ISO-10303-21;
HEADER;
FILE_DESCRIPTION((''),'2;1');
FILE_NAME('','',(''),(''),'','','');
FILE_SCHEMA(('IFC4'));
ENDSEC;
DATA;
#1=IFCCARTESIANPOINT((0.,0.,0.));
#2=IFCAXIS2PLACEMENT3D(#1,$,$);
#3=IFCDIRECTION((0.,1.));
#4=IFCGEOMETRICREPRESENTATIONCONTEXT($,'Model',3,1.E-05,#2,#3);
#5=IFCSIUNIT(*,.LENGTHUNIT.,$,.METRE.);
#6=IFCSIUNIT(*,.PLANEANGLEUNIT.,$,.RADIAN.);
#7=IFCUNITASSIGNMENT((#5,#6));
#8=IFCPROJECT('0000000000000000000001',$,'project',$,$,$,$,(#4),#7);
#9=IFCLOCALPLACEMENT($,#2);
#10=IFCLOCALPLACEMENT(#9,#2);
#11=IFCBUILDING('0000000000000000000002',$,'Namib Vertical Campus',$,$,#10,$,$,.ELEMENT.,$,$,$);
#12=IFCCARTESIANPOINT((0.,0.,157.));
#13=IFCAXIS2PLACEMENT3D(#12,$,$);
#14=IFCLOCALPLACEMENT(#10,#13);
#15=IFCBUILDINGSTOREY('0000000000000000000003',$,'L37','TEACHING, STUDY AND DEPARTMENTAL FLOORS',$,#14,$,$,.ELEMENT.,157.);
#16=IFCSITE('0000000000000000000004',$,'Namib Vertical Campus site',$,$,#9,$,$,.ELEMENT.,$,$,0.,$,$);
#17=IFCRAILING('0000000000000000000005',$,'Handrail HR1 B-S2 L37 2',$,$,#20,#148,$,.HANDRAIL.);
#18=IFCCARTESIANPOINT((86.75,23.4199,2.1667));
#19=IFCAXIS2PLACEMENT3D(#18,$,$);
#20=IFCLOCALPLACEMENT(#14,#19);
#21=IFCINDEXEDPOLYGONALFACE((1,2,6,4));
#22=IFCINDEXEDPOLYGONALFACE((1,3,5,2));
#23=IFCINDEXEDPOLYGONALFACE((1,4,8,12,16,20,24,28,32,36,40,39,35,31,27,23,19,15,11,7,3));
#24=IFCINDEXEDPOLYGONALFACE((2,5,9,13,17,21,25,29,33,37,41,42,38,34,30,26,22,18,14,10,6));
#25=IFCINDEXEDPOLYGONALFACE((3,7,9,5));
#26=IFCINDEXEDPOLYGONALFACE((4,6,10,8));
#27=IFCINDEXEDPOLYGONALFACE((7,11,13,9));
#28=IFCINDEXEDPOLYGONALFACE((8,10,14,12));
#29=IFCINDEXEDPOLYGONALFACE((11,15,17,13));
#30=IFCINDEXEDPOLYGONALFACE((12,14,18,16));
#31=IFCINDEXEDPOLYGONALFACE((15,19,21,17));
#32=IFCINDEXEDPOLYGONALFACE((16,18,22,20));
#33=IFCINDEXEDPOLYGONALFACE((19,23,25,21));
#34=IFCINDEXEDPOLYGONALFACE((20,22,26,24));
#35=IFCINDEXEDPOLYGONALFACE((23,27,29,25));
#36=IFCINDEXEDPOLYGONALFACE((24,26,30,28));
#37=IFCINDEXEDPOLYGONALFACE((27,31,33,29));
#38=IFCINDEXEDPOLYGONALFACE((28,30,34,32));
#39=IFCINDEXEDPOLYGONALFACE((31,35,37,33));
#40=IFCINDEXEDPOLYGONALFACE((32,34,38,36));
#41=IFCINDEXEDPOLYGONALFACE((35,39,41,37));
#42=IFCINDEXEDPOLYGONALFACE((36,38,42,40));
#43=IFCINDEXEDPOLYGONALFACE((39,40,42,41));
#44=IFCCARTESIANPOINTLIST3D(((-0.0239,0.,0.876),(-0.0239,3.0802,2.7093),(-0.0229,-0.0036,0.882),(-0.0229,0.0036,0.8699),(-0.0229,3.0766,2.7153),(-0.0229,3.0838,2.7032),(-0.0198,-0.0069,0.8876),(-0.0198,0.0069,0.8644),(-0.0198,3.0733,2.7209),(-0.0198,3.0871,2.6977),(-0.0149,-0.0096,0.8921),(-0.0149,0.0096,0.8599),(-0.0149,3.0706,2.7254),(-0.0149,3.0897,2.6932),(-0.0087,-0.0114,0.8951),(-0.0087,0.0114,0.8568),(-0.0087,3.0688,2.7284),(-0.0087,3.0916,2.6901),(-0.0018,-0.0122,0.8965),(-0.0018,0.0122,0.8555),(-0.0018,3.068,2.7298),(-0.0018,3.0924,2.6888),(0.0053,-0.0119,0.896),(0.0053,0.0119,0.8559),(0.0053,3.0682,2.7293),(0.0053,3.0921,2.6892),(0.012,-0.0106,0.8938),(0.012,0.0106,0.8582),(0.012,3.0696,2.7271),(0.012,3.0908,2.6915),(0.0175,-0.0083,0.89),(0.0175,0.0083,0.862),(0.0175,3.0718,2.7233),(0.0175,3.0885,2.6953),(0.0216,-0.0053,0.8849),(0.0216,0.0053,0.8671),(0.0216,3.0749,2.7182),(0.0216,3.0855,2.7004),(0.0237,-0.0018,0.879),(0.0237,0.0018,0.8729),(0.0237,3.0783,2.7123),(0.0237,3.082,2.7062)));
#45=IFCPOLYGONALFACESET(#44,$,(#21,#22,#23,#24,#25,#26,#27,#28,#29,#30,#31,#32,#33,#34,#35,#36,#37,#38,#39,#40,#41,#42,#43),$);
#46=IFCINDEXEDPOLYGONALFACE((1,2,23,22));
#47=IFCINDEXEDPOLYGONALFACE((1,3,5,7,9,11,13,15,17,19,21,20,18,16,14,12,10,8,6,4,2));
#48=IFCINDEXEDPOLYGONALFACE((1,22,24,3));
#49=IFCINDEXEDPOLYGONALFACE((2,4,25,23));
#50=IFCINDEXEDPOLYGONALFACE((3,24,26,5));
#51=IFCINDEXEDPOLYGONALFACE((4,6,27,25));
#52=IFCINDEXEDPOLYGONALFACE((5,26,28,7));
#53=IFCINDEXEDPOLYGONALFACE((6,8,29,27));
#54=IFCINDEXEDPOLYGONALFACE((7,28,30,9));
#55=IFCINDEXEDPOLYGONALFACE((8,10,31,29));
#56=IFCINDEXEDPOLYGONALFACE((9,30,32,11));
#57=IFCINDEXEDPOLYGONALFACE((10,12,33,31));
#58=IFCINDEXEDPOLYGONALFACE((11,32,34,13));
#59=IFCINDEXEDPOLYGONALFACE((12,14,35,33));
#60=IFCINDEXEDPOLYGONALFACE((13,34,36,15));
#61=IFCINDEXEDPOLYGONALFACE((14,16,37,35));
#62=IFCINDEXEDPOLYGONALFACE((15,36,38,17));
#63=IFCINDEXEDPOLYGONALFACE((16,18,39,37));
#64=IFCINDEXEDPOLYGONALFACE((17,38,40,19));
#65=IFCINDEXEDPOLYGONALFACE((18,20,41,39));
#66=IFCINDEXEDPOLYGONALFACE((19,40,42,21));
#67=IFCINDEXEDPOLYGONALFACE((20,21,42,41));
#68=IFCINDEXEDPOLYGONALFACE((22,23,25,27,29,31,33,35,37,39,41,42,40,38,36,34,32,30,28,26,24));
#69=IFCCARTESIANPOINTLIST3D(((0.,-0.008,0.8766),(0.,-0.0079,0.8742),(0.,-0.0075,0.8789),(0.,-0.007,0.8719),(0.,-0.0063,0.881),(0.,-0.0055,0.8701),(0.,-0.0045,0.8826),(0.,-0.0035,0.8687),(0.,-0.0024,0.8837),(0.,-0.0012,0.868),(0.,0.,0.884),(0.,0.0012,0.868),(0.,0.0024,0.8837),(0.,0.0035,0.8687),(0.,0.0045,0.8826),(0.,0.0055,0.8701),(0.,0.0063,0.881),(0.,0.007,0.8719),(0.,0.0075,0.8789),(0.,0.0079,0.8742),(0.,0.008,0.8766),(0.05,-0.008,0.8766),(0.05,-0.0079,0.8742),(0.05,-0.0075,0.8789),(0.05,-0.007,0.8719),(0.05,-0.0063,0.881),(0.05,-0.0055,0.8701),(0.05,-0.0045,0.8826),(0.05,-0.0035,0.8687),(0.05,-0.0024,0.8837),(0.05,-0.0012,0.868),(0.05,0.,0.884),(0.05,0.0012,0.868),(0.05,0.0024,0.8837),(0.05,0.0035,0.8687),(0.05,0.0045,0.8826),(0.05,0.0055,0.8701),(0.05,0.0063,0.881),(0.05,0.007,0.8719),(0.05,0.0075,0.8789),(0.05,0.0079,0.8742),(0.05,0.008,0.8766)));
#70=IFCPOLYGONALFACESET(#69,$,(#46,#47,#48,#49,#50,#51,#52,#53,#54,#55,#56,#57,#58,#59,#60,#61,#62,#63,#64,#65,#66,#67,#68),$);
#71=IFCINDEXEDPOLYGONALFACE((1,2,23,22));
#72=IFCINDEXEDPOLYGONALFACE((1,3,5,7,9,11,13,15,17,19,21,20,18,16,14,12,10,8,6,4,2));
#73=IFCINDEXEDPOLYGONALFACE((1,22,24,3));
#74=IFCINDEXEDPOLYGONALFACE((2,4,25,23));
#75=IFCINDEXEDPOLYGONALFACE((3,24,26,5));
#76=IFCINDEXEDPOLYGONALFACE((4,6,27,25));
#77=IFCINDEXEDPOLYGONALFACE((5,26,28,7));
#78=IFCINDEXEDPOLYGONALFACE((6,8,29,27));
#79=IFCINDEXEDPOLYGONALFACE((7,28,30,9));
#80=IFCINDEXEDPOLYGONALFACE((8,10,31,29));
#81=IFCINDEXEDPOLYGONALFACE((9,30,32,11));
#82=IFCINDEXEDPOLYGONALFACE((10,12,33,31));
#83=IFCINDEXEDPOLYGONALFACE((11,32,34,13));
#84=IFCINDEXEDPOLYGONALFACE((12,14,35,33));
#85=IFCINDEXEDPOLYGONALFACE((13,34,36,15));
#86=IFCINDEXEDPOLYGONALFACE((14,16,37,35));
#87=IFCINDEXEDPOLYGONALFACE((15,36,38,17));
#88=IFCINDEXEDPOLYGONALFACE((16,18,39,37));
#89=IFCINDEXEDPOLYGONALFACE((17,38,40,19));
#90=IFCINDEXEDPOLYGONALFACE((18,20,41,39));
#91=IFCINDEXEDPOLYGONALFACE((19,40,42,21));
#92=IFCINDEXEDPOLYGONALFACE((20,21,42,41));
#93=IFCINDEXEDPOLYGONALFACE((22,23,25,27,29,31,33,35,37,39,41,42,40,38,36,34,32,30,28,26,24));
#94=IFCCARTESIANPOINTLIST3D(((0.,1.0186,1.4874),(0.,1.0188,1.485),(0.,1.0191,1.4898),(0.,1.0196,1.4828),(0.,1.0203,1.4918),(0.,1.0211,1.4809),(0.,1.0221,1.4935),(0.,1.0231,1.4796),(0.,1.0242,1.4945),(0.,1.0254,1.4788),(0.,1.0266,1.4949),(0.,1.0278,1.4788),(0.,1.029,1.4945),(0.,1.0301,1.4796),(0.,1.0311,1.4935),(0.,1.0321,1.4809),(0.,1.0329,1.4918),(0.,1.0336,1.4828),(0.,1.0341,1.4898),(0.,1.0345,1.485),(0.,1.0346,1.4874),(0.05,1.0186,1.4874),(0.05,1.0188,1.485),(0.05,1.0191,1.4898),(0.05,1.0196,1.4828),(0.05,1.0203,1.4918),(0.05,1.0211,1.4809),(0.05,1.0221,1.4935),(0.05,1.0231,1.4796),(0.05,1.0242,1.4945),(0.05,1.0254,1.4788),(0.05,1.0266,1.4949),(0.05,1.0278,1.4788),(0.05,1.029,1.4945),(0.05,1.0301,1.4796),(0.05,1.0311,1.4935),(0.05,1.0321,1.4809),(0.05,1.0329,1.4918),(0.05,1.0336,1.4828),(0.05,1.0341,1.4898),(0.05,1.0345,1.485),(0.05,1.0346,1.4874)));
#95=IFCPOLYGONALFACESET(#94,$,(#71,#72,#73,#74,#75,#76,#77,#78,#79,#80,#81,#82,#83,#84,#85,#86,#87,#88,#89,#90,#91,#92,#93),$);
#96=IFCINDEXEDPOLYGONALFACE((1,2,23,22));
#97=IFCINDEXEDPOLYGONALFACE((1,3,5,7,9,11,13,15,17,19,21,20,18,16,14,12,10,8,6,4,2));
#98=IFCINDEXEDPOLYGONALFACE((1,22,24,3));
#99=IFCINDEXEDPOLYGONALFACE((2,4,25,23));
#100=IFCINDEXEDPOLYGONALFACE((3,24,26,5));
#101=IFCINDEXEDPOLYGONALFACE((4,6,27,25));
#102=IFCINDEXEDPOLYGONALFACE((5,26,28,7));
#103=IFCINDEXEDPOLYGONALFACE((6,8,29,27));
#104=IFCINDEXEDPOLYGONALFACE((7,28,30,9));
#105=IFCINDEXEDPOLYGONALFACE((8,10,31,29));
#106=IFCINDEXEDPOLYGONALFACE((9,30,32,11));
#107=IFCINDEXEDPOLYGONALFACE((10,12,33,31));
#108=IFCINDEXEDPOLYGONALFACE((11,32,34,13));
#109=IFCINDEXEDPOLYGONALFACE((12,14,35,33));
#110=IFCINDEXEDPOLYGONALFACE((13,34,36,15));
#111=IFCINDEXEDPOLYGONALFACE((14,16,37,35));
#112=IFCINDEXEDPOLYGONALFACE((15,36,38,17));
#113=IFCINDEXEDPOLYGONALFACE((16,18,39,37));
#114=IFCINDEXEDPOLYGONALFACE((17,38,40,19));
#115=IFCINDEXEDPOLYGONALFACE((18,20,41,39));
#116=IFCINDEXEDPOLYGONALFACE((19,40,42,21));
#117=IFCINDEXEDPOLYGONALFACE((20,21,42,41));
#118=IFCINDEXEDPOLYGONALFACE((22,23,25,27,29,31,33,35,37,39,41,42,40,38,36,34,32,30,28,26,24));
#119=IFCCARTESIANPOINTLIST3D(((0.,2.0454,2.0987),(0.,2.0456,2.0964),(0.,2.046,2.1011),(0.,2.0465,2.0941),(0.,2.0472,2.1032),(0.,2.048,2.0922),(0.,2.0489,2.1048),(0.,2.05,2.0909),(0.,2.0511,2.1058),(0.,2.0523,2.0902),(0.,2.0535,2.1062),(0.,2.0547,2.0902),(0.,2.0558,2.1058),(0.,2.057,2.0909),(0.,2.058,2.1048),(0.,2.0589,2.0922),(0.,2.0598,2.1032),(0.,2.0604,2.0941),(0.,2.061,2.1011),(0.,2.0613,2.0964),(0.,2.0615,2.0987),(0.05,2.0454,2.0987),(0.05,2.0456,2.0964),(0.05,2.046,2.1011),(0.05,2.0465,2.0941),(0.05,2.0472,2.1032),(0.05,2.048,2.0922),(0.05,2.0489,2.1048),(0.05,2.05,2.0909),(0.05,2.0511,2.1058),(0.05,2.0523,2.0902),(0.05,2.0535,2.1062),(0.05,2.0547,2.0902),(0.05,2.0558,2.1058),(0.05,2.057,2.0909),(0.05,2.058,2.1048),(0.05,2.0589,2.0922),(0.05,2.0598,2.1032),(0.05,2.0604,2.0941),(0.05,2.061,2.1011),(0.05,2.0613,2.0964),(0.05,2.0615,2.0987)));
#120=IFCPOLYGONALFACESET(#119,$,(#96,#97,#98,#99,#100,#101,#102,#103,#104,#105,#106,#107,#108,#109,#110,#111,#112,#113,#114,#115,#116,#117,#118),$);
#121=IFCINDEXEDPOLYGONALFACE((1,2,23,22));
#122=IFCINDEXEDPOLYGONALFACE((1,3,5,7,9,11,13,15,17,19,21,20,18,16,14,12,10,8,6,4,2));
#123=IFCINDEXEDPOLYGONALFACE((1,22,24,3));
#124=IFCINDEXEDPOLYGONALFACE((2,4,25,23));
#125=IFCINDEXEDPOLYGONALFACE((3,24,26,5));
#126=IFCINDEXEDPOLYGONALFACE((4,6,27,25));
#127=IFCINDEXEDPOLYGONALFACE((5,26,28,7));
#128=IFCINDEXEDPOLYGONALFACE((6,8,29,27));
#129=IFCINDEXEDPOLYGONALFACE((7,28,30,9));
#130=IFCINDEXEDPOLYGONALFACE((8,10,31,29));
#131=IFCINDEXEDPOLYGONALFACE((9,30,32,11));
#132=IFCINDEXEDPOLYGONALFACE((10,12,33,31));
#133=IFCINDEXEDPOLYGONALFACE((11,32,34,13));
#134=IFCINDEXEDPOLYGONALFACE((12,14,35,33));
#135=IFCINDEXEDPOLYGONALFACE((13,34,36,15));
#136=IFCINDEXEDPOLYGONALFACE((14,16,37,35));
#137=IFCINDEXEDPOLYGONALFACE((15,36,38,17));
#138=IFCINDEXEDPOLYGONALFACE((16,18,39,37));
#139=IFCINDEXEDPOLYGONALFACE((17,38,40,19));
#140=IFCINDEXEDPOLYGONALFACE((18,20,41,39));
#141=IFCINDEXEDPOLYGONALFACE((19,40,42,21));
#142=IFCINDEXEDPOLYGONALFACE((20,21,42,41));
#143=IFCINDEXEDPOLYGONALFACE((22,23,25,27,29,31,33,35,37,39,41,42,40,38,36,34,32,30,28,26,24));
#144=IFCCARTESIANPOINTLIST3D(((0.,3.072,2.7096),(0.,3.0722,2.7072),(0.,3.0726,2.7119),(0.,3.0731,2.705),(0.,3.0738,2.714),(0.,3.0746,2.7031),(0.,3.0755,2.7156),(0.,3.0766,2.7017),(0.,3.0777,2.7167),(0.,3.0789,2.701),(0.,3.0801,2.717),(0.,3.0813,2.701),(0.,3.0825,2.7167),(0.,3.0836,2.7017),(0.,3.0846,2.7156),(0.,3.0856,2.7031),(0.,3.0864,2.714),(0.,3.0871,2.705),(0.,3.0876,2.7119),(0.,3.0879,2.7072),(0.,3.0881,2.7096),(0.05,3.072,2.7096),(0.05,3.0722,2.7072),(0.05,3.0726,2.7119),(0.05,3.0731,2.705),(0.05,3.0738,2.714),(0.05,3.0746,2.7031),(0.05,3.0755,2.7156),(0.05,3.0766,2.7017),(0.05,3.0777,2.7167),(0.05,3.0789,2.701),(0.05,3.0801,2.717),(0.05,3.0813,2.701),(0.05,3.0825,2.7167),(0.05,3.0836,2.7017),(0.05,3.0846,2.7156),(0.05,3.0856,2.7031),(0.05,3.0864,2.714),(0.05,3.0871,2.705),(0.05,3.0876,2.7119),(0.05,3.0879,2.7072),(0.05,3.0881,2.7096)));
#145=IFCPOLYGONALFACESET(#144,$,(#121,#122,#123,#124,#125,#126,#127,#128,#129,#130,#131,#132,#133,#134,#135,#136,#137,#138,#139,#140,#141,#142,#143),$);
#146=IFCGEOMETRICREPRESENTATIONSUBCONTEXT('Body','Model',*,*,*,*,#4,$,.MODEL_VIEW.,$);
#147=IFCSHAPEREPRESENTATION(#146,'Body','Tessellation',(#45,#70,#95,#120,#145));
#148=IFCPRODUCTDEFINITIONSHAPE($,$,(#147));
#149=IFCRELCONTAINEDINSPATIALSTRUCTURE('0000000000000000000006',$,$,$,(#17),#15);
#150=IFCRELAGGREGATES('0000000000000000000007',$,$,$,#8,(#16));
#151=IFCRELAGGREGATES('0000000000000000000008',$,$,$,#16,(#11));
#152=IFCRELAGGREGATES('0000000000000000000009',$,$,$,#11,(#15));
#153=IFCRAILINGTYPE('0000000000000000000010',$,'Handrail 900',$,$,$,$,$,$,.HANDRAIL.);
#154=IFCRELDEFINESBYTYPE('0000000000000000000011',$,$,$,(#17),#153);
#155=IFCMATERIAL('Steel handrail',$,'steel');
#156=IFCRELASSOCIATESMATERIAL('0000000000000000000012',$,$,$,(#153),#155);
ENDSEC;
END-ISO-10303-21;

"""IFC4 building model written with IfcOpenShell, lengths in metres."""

from ifc_helpers import new_model, si_unit, direction, frame, origin, origin_2d, place, context, subcontext, project, spatial, circle, extrude, material, type_object, element, save


model = new_model("IFC4")

# Units and contexts
model_context = context("Model", 3, precision=1e-05, world=origin(), true_north=direction((0.0, 1.0)))
body_context = subcontext(model_context, "Body", "Model", "MODEL_VIEW")
ifc_project = project(units=[si_unit("LENGTHUNIT", "METRE"), si_unit("PLANEANGLEUNIT", "RADIAN")], contexts=[model_context])

# Site, building, storey
site_placement = place(None, origin())
site = spatial("IfcSite", under=ifc_project, at=site_placement, Name="Namib Vertical Campus site", CompositionType="ELEMENT", RefElevation=0.0)
building_placement = place(site_placement, origin())
building = spatial("IfcBuilding", under=site, at=building_placement, Name="Namib Vertical Campus", CompositionType="ELEMENT")
storey_placement = place(building_placement, frame((0.0, 0.0, 157.0)))
storey = spatial("IfcBuildingStorey", under=building, at=storey_placement, Name="L37", Description="TEACHING, STUDY AND DEPARTMENTAL FLOORS", CompositionType="ELEMENT", Elevation=157.0)

# Railing
ifc_material_1 = material(Name="Steel handrail", Category="steel")
railing_type_1 = type_object("IfcRailingType", Name="Handrail 900", PredefinedType="HANDRAIL", material=ifc_material_1)
railing_1_placement = place(storey_placement, frame((86.75, 23.4199, 2.1667)))
element("IfcRailing", 1, at=railing_1_placement, inside=storey, type_object=railing_type_1, Name="Handrail HR1 B-S2 L37 2", PredefinedType="HANDRAIL", context=body_context, shape_type="SweptSolid", body=[
    extrude(circle(Radius=0.0239, at=origin_2d()), frame((0.0, 0.0, 0.876), z_axis=(0.0, 0.859309, 0.511458), x_axis=(-1.0, 0.0, 0.0)), (0.0, 0.0, 1.0), 3.5845),
    extrude(circle(Radius=0.0081, at=origin_2d()), frame((0.0, 0.0, 0.876), z_axis=(1.0, 0.0, 0.0), x_axis=(0.0, 0.0, 1.0)), (0.0, 0.0, 1.0), 0.05),
    extrude(circle(Radius=0.0081, at=origin_2d()), frame((0.0, 1.0266, 1.4868), z_axis=(1.0, 0.0, 0.0), x_axis=(0.0, 0.0, 1.0)), (0.0, 0.0, 1.0), 0.05),
    extrude(circle(Radius=0.0081, at=origin_2d()), frame((0.0, 2.0535, 2.0981), z_axis=(1.0, 0.0, 0.0), x_axis=(0.0, 0.0, 1.0)), (0.0, 0.0, 1.0), 0.05),
    extrude(circle(Radius=0.0081, at=origin_2d()), frame((0.0, 3.0801, 2.709), z_axis=(1.0, 0.0, 0.0), x_axis=(0.0, 0.0, 1.0)), (0.0, 0.0, 1.0), 0.05),
])

save(model, "model.ifc")
